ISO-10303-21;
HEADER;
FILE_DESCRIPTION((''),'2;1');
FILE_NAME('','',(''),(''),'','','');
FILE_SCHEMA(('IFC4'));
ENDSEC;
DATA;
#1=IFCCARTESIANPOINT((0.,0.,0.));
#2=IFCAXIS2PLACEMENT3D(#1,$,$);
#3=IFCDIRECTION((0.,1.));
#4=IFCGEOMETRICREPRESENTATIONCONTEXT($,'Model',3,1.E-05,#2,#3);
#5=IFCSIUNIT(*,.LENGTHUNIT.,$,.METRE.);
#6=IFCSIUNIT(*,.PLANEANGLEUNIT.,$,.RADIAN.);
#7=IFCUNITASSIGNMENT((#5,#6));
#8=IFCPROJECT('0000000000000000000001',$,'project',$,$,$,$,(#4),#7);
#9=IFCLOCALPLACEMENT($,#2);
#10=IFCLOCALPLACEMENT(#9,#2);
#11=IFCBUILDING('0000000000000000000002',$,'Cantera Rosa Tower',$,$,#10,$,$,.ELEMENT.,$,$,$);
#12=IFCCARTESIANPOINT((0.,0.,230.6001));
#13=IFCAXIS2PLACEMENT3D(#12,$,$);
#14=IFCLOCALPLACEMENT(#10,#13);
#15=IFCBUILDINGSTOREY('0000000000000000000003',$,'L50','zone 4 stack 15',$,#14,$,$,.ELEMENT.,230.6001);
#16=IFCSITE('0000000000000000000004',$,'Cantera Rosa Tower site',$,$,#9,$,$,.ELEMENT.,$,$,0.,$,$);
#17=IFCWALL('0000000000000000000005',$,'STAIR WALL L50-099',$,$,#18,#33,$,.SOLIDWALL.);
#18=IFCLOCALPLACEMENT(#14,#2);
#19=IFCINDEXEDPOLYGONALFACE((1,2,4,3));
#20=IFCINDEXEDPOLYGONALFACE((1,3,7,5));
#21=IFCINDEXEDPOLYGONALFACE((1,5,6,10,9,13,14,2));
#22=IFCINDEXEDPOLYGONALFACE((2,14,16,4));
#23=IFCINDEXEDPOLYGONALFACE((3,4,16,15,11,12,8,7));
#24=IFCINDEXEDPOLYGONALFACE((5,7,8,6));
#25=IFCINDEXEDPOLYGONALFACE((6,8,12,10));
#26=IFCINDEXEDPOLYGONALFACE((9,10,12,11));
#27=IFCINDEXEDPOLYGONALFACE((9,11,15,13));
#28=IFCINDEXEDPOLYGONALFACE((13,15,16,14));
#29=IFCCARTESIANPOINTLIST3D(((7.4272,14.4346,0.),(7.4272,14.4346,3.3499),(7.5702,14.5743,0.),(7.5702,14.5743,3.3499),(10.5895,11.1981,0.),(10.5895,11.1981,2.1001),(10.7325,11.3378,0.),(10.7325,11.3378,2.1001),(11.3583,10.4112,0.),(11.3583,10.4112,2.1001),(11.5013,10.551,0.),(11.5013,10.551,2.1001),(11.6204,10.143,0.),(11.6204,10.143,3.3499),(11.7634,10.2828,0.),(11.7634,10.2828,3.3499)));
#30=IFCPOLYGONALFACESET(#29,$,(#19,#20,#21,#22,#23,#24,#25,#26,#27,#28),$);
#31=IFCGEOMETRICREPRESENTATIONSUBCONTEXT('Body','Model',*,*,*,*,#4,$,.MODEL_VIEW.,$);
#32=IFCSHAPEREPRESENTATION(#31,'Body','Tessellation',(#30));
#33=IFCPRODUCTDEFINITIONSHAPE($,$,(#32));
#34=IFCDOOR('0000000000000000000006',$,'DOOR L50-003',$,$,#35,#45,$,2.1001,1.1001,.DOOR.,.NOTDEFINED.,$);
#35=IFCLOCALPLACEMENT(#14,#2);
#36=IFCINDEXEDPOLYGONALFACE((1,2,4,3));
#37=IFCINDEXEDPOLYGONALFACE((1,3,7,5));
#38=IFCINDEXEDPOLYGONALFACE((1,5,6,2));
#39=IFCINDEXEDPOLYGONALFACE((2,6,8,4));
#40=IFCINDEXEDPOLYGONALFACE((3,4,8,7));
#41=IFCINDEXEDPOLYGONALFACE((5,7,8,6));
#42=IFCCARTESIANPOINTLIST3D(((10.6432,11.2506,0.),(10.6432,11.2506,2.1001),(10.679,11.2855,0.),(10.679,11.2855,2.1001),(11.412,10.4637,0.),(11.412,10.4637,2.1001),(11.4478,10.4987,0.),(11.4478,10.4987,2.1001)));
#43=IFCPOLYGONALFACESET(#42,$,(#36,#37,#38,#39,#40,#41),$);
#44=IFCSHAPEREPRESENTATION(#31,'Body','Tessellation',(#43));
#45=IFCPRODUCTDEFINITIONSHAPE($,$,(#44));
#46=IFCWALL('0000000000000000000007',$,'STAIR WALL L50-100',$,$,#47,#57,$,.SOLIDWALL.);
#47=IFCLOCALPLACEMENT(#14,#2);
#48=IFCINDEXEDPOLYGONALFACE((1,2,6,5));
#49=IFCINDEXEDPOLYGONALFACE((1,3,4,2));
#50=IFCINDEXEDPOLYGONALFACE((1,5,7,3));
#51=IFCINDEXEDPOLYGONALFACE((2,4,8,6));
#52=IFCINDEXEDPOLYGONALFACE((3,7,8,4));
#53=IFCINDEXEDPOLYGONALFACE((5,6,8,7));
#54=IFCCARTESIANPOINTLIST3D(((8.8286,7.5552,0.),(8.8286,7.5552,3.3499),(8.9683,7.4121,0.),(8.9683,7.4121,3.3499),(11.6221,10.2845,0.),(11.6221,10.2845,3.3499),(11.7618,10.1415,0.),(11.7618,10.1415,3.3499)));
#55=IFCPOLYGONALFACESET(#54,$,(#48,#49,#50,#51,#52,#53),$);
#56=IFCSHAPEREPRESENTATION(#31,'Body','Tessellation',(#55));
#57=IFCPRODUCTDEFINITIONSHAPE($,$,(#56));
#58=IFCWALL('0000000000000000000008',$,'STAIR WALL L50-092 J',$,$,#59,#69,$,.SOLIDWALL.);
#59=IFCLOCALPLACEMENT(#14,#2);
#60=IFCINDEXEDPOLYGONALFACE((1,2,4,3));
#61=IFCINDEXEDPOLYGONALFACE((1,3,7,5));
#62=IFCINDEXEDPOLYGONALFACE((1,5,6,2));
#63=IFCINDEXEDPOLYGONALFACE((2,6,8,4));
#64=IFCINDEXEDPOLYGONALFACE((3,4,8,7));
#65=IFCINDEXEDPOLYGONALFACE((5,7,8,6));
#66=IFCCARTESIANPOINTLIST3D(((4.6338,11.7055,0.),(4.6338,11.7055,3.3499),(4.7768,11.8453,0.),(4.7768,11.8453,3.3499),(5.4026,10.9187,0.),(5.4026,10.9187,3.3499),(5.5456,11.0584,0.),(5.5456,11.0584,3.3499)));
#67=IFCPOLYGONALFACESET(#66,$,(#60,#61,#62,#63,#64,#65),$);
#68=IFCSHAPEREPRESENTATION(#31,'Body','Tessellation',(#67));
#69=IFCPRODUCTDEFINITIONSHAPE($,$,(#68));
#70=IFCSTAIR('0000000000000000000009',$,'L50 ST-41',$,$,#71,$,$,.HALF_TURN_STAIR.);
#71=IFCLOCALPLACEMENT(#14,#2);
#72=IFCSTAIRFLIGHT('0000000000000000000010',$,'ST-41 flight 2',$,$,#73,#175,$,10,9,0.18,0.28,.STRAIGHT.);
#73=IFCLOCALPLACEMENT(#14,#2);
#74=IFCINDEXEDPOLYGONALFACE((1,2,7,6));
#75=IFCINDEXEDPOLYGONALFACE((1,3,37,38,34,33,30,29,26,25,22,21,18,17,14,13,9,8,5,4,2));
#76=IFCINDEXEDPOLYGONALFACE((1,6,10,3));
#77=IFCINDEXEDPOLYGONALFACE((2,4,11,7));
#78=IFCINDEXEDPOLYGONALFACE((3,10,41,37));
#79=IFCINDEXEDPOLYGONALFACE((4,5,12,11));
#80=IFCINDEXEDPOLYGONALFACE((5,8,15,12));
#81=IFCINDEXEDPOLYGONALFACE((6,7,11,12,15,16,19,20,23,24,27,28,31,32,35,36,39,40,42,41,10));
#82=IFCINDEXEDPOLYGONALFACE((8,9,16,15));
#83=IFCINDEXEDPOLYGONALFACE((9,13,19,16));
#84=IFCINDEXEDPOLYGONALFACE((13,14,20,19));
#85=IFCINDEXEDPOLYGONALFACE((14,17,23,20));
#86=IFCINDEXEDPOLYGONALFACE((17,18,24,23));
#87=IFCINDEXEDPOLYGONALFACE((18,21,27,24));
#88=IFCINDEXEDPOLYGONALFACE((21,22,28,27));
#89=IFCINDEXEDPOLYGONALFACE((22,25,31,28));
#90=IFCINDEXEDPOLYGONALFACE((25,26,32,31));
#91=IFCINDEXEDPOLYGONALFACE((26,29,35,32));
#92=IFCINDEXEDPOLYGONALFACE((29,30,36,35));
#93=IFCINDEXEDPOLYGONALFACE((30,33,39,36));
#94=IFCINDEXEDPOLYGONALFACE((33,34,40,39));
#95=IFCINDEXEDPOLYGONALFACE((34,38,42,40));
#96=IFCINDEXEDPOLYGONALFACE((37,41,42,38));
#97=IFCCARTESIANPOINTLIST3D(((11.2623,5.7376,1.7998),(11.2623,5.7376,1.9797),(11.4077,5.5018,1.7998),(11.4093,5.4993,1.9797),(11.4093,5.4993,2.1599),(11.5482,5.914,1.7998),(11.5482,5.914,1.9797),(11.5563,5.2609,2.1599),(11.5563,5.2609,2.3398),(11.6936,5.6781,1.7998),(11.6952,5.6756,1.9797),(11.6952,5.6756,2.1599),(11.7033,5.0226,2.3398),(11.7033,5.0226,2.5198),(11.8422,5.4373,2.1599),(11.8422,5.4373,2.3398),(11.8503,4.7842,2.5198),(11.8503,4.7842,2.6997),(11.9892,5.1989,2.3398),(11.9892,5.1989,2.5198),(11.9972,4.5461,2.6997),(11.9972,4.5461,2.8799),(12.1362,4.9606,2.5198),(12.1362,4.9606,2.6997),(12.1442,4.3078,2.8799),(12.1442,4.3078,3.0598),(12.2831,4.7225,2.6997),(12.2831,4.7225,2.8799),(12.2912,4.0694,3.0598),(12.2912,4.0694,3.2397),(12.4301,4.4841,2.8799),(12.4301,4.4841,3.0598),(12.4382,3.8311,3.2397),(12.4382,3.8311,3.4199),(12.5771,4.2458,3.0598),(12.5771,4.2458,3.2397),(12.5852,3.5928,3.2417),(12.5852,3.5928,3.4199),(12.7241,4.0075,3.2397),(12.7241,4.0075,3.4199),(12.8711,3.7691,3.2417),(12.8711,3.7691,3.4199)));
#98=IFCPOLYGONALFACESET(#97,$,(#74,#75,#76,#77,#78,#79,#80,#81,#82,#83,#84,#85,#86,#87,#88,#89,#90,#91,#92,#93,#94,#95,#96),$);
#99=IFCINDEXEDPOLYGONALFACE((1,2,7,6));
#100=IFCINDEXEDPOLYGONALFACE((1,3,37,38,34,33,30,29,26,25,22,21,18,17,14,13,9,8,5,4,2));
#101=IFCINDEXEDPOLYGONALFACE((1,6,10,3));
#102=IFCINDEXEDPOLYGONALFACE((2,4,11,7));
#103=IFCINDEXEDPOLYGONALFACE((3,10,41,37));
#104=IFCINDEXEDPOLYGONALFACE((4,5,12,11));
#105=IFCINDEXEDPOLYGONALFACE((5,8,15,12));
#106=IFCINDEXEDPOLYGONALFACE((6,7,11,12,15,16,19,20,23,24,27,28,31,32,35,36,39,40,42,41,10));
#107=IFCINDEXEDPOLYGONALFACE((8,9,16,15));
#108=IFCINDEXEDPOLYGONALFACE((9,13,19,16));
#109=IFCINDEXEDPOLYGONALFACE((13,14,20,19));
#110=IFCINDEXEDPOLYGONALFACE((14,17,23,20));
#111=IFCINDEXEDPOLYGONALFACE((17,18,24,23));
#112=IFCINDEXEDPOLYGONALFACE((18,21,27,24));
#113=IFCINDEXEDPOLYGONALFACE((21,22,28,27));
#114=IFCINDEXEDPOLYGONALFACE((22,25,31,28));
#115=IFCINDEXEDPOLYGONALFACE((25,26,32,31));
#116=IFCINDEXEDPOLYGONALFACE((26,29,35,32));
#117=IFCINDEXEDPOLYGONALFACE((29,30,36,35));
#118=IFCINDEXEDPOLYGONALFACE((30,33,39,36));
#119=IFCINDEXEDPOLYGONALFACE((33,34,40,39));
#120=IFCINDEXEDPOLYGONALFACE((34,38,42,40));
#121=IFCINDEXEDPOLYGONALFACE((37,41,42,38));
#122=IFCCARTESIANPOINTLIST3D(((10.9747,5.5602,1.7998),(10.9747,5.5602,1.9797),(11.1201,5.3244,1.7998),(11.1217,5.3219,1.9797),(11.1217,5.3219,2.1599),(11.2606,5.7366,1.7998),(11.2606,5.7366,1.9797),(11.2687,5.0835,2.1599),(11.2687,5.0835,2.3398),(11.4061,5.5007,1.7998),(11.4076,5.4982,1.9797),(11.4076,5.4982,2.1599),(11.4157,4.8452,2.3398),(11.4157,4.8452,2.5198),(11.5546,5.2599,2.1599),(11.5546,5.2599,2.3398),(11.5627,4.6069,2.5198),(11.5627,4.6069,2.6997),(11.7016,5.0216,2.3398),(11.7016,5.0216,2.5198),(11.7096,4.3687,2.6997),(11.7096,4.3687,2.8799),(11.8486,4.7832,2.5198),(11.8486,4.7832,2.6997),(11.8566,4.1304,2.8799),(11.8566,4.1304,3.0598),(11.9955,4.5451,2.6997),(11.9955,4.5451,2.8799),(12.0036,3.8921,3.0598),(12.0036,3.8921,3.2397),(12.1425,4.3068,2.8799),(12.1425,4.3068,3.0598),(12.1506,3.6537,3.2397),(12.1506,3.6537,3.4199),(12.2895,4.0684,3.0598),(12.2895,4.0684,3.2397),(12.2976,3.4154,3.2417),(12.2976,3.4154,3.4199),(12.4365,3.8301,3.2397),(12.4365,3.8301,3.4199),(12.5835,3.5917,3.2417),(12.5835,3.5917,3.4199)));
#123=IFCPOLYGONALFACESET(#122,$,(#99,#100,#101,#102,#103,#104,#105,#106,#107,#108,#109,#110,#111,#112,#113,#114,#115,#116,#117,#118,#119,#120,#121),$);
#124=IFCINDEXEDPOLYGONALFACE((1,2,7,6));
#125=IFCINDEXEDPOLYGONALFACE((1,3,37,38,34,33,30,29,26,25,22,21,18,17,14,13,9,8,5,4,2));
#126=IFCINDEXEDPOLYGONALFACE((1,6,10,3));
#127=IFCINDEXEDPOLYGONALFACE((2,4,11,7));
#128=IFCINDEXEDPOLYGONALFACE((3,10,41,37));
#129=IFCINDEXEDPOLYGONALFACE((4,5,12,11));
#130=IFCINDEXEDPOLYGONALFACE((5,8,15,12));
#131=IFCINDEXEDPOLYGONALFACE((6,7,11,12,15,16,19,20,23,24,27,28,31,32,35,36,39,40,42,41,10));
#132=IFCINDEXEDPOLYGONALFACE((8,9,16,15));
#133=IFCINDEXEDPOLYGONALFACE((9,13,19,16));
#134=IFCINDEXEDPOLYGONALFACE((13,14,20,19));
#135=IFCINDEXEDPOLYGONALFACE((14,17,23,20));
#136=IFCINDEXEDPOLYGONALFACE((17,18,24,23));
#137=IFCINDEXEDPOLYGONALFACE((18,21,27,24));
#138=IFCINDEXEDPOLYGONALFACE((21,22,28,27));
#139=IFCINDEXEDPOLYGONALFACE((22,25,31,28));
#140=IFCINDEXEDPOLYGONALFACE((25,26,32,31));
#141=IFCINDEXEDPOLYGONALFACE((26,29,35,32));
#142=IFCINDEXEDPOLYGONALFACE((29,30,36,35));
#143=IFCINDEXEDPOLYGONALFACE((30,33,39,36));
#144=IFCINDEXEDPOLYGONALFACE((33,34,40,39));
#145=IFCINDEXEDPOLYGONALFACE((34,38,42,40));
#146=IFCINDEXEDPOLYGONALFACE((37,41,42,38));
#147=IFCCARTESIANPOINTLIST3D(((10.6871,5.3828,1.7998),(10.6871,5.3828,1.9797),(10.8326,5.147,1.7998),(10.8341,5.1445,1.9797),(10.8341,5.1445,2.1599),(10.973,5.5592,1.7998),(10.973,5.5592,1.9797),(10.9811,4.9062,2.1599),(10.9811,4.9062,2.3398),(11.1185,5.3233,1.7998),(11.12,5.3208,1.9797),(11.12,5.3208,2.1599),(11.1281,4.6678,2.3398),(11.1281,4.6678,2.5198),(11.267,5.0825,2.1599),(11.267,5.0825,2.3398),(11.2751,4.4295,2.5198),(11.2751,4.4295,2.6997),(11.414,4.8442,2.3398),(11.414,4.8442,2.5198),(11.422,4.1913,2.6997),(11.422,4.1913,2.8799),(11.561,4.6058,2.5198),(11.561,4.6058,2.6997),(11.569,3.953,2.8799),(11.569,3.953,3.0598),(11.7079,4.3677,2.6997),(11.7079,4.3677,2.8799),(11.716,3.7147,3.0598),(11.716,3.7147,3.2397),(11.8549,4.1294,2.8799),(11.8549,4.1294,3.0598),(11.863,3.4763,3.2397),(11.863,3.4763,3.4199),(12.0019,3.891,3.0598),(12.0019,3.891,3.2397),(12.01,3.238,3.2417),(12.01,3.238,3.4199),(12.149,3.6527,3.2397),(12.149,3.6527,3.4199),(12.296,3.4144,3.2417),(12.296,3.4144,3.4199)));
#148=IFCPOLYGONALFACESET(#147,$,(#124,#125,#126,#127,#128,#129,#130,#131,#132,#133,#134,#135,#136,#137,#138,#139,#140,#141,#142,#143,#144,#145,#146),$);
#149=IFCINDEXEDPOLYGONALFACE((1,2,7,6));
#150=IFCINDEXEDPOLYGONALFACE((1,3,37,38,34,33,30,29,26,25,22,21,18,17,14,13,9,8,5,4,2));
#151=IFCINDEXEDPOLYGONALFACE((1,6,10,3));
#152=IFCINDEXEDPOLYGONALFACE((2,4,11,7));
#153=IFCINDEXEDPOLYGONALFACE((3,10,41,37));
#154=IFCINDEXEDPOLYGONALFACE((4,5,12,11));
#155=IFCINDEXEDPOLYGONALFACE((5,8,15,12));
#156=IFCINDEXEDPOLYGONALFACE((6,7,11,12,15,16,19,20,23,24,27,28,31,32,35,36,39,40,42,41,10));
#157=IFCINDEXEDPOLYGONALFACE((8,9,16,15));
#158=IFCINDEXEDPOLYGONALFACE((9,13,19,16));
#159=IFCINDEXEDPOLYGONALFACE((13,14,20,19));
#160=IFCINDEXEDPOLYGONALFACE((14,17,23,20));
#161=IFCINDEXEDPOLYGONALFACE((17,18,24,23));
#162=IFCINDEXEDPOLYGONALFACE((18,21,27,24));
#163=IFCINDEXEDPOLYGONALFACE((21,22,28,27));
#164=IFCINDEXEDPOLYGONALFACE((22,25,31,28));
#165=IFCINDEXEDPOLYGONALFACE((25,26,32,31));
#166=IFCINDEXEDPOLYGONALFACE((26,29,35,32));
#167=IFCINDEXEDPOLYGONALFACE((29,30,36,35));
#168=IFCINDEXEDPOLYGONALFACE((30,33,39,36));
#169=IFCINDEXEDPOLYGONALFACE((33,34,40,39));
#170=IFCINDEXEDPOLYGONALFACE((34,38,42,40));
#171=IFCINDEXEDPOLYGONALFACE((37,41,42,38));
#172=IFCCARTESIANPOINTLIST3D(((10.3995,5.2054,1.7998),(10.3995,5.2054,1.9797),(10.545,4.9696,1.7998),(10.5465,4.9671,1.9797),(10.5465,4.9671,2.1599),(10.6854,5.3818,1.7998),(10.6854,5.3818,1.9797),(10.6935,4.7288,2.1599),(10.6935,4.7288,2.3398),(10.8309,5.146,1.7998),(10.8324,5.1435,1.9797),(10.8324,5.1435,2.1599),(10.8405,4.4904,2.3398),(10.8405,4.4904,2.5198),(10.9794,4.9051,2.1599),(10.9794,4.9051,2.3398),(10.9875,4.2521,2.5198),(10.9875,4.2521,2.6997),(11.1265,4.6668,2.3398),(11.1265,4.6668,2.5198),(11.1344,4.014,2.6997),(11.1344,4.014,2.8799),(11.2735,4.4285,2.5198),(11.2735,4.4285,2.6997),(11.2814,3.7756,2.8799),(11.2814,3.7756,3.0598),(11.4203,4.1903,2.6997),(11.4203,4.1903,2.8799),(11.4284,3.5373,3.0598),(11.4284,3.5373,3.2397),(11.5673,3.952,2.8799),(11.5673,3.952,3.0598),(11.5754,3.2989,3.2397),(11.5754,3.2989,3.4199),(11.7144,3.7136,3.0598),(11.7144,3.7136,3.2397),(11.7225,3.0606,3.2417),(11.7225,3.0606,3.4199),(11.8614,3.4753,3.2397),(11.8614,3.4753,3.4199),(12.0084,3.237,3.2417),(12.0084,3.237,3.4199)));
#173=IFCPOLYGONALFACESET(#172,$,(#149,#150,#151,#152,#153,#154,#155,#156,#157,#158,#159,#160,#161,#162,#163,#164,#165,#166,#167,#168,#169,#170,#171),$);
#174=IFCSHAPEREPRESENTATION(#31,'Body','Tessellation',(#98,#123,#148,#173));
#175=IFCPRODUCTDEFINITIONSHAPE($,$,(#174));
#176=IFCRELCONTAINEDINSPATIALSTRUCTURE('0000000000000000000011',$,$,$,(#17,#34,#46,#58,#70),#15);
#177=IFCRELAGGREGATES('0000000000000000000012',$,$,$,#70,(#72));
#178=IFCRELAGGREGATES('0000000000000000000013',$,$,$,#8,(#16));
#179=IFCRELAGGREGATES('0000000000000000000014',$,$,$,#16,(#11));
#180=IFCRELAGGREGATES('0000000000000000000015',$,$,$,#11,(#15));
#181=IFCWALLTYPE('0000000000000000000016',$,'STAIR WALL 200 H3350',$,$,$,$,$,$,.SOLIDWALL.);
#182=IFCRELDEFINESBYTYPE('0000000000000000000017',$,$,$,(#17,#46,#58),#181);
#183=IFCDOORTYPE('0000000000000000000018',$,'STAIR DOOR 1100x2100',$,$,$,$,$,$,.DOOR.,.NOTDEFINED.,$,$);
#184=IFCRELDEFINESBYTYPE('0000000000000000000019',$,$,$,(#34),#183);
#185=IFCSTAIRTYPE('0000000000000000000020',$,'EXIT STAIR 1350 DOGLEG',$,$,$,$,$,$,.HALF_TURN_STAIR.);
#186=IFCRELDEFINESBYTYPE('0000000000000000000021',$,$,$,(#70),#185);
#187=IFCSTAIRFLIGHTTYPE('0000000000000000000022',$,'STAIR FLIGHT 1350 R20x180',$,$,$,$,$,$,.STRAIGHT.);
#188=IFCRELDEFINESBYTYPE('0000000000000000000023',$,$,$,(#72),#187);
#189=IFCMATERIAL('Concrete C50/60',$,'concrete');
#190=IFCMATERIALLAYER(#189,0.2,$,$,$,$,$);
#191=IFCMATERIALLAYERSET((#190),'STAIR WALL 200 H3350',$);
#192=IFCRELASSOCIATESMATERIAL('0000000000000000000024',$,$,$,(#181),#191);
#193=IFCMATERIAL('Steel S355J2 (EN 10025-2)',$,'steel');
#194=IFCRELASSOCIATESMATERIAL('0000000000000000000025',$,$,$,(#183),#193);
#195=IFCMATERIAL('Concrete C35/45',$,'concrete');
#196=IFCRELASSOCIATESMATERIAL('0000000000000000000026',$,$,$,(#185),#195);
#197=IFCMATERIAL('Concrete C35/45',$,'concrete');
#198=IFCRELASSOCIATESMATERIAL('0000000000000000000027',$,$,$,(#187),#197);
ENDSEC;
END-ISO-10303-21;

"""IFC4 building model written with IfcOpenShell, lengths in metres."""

from ifc_helpers import new_model, si_unit, direction, frame, frame_2d, origin, place, context, subcontext, project, spatial, polyline, rectangle, outline, extrude, material, layer, layer_set, type_object, element, fill, aggregate, save


model = new_model("IFC4")

# Units and contexts
model_context = context("Model", 3, precision=1e-05, world=origin(), true_north=direction((0.0, 1.0)))
body_context = subcontext(model_context, "Body", "Model", "MODEL_VIEW")
ifc_project = project(units=[si_unit("LENGTHUNIT", "METRE"), si_unit("PLANEANGLEUNIT", "RADIAN")], contexts=[model_context])

# Site, building, storey
site_placement = place(None, origin())
site = spatial("IfcSite", under=ifc_project, at=site_placement, Name="Cantera Rosa Tower site", CompositionType="ELEMENT", RefElevation=0.0)
building_placement = place(site_placement, origin())
building = spatial("IfcBuilding", under=site, at=building_placement, Name="Cantera Rosa Tower", CompositionType="ELEMENT")
storey_placement = place(building_placement, frame((0.0, 0.0, 230.6001)))
storey = spatial("IfcBuildingStorey", under=building, at=storey_placement, Name="L50", Description="zone 4 stack 15", CompositionType="ELEMENT", Elevation=230.6001)

# Shared definitions
ifc_material_1 = material(Name="Concrete C50/60", Category="concrete")
ifc_layer_1 = layer(ifc_material_1, 0.2)
ifc_layer_set_1 = layer_set([ifc_layer_1], Name="STAIR WALL 200 H3350")
wall_type_1 = type_object("IfcWallType", Name="STAIR WALL 200 H3350", PredefinedType="SOLIDWALL", material=ifc_layer_set_1)

# Wall, opening, door
wall_1_placement = place(storey_placement, frame((11.6919, 10.2129, 0.0), z_axis=(0.0, 0.0, 1.0), x_axis=(-0.69886, 0.715258, 0.0)))
wall_1 = element("IfcWall", 1, at=wall_1_placement, inside=storey, type_object=wall_type_1, Name="STAIR WALL L50-099", PredefinedType="SOLIDWALL", context=body_context, shape_type="SweptSolid", body=[
    extrude(rectangle(XDim=6.0, YDim=0.2, at=frame_2d((3.0, 0.0))), origin(), (0.0, 0.0, 1.0), 3.3499),
])
opening_1_placement = place(wall_1_placement, frame((0.375, 0.0, 0.0)))
opening_1 = element("IfcOpeningElement", 2, at=opening_1_placement, cuts=wall_1, PredefinedType="OPENING", context=body_context, shape_type="SweptSolid", body=[
    extrude(rectangle(XDim=1.1001, YDim=2.1001, at=frame_2d((0.55, 1.05))), frame((0.0, 0.1099, 0.0), z_axis=(0.0, -1.0, 0.0), x_axis=(1.0, 0.0, 0.0)), (0.0, 0.0, 1.0), 0.22),
])
ifc_material_2 = material(Name="Steel S355J2 (EN 10025-2)", Category="steel")
door_type_1 = type_object("IfcDoorType", Name="STAIR DOOR 1100x2100", OperationType="NOTDEFINED", PredefinedType="DOOR", material=ifc_material_2)
door_1_placement = place(opening_1_placement, origin())
door_1 = element("IfcDoor", 3, at=door_1_placement, inside=storey, type_object=door_type_1, Name="DOOR L50-003", OperationType="NOTDEFINED", OverallHeight=2.1001, OverallWidth=1.1001, PredefinedType="DOOR", context=body_context, shape_type="SweptSolid", body=[
    extrude(rectangle(XDim=1.1001, YDim=2.1001, at=frame_2d((0.55, 1.05))), frame((0.0, 0.0249, 0.0), z_axis=(0.0, -1.0, 0.0), x_axis=(1.0, 0.0, 0.0)), (0.0, 0.0, 1.0), 0.05),
])
fill(opening_1, door_1)

# Walls
wall_2_placement = place(storey_placement, frame((11.6919, 10.2129, 0.0), z_axis=(0.0, 0.0, 1.0), x_axis=(-0.71528, -0.698838, 0.0)))
element("IfcWall", 4, at=wall_2_placement, inside=storey, type_object=wall_type_1, Name="STAIR WALL L50-100", PredefinedType="SOLIDWALL", context=body_context, shape_type="SweptSolid", body=[
    extrude(rectangle(XDim=3.9055, YDim=0.2, at=frame_2d((1.9526, 0.0))), origin(), (0.0, 0.0, 1.0), 3.3499),
])
wall_3_placement = place(storey_placement, frame((5.4741, 10.9885, 0.0), z_axis=(0.0, 0.0, 1.0), x_axis=(-0.698848, 0.71527, 0.0)))
element("IfcWall", 5, at=wall_3_placement, inside=storey, type_object=wall_type_1, Name="STAIR WALL L50-092 J", PredefinedType="SOLIDWALL", context=body_context, shape_type="SweptSolid", body=[
    extrude(rectangle(XDim=1.1001, YDim=0.2, at=frame_2d((0.55, 0.0))), origin(), (0.0, 0.0, 1.0), 3.3499),
])

# Stair, stair flight
ifc_material_3 = material(Name="Concrete C35/45", Category="concrete")
stair_type = type_object("IfcStairType", Name="EXIT STAIR 1350 DOGLEG", PredefinedType="HALF_TURN_STAIR", material=ifc_material_3)
stair_1_placement = place(storey_placement, origin())
stair_1 = element("IfcStair", 6, at=stair_1_placement, inside=storey, type_object=stair_type, Name="L50 ST-41", PredefinedType="HALF_TURN_STAIR")
ifc_material_4 = material(Name="Concrete C35/45", Category="concrete")
stair_flight_type = type_object("IfcStairFlightType", Name="STAIR FLIGHT 1350 R20x180", PredefinedType="STRAIGHT", material=ifc_material_4)
stair_flight_1_placement = place(storey_placement, frame((10.9736, 5.5596, 1.7998), z_axis=(0.0, 0.0, 1.0), x_axis=(0.524977, -0.851117, 0.0)))
stair_flight_1 = element("IfcStairFlight", 7, at=stair_flight_1_placement, type_object=stair_flight_type, Name="ST-41 flight 2", NumberOfRisers=10, NumberOfTreads=9, PredefinedType="STRAIGHT", RiserHeight=0.18, TreadLength=0.28, context=body_context, shape_type="SweptSolid", body=[
    extrude(outline(polyline([(0.0, 0.0), (0.0, 0.1799), (0.28, 0.1799), (0.28, 0.3601), (0.5601, 0.3601), (0.5601, 0.54), (0.8401, 0.54), (0.8401, 0.72), (1.1201, 0.72), (1.1201, 0.8999), (1.3999, 0.8999), (1.3999, 1.0801), (1.6799, 1.0801), (1.6799, 1.26), (1.96, 1.26), (1.96, 1.4399), (2.24, 1.4399), (2.24, 1.6201), (2.52, 1.6201), (2.52, 1.8), (2.52, 1.4419), (0.2771, 0.0), (0.0, 0.0)])), frame((0.0, 0.675, 0.0), z_axis=(0.0, -1.0, 0.0), x_axis=(1.0, 0.0, 0.0)), (0.0, 0.0, 1.0), 0.3359),
    extrude(outline(polyline([(0.0, 0.0), (0.0, 0.1799), (0.28, 0.1799), (0.28, 0.3601), (0.5601, 0.3601), (0.5601, 0.54), (0.8401, 0.54), (0.8401, 0.72), (1.1201, 0.72), (1.1201, 0.8999), (1.3999, 0.8999), (1.3999, 1.0801), (1.6799, 1.0801), (1.6799, 1.26), (1.96, 1.26), (1.96, 1.4399), (2.24, 1.4399), (2.24, 1.6201), (2.52, 1.6201), (2.52, 1.8), (2.52, 1.4419), (0.2771, 0.0), (0.0, 0.0)])), frame((0.0, 0.3372, 0.0), z_axis=(0.0, -1.0, 0.0), x_axis=(1.0, 0.0, 0.0)), (0.0, 0.0, 1.0), 0.3359),
    extrude(outline(polyline([(0.0, 0.0), (0.0, 0.1799), (0.28, 0.1799), (0.28, 0.3601), (0.5601, 0.3601), (0.5601, 0.54), (0.8401, 0.54), (0.8401, 0.72), (1.1201, 0.72), (1.1201, 0.8999), (1.3999, 0.8999), (1.3999, 1.0801), (1.6799, 1.0801), (1.6799, 1.26), (1.96, 1.26), (1.96, 1.4399), (2.24, 1.4399), (2.24, 1.6201), (2.52, 1.6201), (2.52, 1.8), (2.52, 1.4419), (0.2771, 0.0), (0.0, 0.0)])), frame((0.0, -0.0007, 0.0), z_axis=(0.0, -1.0, 0.0), x_axis=(1.0, 0.0, 0.0)), (0.0, 0.0, 1.0), 0.3359),
    extrude(outline(polyline([(0.0, 0.0), (0.0, 0.1799), (0.28, 0.1799), (0.28, 0.3601), (0.5601, 0.3601), (0.5601, 0.54), (0.8401, 0.54), (0.8401, 0.72), (1.1201, 0.72), (1.1201, 0.8999), (1.3999, 0.8999), (1.3999, 1.0801), (1.6799, 1.0801), (1.6799, 1.26), (1.96, 1.26), (1.96, 1.4399), (2.24, 1.4399), (2.24, 1.6201), (2.52, 1.6201), (2.52, 1.8), (2.52, 1.4419), (0.2771, 0.0), (0.0, 0.0)])), frame((0.0, -0.3386, 0.0), z_axis=(0.0, -1.0, 0.0), x_axis=(1.0, 0.0, 0.0)), (0.0, 0.0, 1.0), 0.3359),
])
aggregate(stair_1, [stair_flight_1])

save(model, "model.ifc")
